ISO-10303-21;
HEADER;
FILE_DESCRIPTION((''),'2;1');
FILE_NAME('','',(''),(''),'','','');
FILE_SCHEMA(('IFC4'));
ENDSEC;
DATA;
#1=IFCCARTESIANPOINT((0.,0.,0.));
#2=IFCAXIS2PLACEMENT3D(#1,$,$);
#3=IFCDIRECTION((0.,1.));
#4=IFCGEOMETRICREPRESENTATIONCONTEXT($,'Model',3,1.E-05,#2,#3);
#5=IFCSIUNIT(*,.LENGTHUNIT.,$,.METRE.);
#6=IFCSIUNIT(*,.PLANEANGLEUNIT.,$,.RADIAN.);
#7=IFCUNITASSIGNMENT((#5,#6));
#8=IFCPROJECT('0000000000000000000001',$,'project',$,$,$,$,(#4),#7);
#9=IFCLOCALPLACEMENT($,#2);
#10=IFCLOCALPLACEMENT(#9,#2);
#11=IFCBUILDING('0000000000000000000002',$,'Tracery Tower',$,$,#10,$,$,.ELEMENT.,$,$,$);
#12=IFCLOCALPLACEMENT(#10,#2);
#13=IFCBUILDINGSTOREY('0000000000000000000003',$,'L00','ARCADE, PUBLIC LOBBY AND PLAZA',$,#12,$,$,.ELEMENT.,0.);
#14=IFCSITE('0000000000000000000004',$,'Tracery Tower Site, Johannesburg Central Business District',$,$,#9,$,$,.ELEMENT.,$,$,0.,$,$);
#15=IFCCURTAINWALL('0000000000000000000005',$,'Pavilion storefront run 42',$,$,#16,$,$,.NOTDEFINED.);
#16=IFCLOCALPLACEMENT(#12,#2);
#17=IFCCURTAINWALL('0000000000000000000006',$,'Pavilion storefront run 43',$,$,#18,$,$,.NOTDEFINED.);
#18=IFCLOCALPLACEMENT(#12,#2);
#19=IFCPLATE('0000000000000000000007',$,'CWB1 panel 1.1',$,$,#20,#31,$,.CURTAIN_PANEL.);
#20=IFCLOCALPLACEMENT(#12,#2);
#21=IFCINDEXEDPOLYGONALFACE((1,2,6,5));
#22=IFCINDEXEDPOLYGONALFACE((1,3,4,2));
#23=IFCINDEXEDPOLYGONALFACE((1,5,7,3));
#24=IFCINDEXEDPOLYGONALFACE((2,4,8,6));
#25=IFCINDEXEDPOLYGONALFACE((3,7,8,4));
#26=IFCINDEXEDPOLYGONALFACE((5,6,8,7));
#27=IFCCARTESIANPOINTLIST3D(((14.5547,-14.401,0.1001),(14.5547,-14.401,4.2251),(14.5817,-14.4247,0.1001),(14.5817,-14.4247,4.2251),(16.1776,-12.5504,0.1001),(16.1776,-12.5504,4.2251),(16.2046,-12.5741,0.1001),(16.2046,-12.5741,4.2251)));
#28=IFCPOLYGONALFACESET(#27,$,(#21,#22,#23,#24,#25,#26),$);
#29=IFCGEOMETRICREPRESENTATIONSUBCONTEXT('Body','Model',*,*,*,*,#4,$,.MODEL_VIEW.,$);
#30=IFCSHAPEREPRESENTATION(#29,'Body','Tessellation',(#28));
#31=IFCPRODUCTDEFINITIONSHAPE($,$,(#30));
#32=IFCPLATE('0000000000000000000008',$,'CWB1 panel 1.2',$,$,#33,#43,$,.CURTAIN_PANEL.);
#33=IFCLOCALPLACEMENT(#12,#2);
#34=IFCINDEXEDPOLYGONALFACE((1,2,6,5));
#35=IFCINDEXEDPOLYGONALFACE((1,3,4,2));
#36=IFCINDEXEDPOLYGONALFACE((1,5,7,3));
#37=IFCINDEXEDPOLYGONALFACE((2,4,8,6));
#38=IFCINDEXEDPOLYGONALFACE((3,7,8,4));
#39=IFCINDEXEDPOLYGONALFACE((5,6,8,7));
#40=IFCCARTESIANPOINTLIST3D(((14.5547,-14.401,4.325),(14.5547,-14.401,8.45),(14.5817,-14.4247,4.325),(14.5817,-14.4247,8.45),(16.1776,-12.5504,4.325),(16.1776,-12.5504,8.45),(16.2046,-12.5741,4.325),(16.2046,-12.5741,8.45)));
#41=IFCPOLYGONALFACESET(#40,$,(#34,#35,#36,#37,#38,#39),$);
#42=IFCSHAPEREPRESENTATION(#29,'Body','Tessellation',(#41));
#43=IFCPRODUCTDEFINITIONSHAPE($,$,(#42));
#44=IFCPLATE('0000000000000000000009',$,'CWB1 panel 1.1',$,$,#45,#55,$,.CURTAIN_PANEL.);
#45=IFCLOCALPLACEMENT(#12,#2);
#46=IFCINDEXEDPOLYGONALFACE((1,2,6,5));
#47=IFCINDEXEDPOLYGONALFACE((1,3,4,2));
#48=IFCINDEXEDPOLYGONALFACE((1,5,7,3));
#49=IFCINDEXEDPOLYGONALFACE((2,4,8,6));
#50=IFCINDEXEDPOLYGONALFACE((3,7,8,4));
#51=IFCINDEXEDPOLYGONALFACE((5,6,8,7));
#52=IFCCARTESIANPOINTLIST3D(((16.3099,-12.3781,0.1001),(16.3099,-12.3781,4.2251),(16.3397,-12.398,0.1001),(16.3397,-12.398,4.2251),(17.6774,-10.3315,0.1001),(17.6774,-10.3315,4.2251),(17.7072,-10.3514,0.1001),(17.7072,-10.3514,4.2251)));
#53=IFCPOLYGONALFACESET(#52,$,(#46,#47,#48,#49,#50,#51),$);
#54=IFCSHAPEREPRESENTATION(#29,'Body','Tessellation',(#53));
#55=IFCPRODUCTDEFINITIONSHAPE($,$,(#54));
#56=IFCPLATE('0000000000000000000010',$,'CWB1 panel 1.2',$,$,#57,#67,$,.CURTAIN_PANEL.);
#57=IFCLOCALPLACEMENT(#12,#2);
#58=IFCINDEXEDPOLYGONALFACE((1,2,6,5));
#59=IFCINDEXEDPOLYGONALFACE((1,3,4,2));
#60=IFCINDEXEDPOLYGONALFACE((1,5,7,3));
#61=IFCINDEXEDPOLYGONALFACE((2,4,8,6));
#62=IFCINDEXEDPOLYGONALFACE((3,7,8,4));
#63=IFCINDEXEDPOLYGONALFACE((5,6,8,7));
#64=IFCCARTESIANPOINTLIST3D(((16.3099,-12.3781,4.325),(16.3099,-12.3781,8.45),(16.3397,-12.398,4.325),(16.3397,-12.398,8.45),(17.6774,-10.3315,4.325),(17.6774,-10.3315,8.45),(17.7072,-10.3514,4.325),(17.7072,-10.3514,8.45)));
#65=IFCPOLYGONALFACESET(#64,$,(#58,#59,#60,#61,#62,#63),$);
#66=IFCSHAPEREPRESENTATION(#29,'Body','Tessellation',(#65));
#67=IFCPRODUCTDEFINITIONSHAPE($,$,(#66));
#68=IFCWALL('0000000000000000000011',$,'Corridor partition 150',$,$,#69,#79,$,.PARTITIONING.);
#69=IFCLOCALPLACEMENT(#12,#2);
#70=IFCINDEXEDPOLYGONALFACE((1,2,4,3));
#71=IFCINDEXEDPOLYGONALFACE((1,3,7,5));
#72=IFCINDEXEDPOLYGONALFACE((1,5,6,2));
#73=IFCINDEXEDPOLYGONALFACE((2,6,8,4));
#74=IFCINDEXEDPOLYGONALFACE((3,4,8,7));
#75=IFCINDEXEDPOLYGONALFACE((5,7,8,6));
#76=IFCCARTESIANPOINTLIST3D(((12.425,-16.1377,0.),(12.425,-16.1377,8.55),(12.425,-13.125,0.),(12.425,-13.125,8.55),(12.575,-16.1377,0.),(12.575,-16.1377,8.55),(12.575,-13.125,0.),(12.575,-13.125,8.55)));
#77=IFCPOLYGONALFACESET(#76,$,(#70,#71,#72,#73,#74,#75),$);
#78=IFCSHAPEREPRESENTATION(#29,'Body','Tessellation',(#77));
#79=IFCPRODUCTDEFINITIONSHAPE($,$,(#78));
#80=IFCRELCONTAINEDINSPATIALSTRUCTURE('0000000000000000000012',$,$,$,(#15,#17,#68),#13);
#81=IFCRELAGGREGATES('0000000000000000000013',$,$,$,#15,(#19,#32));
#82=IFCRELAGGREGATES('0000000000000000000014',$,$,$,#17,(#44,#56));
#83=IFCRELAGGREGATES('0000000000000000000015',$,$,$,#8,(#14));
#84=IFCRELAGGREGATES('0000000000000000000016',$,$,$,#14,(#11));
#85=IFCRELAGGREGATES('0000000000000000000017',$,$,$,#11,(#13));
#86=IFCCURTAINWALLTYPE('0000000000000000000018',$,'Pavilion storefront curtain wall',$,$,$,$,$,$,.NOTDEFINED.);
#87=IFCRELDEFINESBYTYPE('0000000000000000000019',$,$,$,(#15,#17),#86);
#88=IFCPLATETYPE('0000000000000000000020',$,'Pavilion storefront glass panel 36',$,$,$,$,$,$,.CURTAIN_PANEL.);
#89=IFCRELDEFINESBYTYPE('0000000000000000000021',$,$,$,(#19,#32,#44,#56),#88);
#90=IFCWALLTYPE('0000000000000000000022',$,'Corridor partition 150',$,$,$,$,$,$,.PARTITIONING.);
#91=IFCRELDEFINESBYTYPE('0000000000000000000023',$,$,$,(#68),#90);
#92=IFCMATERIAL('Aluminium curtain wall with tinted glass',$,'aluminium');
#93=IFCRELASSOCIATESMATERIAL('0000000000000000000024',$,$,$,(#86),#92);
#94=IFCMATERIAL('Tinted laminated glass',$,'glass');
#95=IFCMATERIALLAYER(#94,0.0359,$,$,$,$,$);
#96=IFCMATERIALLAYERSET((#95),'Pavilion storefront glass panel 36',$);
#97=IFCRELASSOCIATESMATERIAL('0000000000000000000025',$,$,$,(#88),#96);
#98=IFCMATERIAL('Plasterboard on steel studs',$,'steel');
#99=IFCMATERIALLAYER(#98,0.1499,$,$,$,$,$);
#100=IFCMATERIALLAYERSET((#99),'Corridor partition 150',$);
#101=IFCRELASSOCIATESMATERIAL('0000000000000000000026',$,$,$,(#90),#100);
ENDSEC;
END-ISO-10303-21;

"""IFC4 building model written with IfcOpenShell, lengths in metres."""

from ifc_helpers import new_model, si_unit, direction, frame, frame_2d, origin, origin_2d, place, context, subcontext, project, spatial, rectangle, extrude, material, layer, layer_set, type_object, element, aggregate, save


model = new_model("IFC4")

# Units and contexts
model_context = context("Model", 3, precision=1e-05, world=origin(), true_north=direction((0.0, 1.0)))
body_context = subcontext(model_context, "Body", "Model", "MODEL_VIEW")
ifc_project = project(units=[si_unit("LENGTHUNIT", "METRE"), si_unit("PLANEANGLEUNIT", "RADIAN")], contexts=[model_context])

# Site, building, storey
site_placement = place(None, origin())
site = spatial("IfcSite", under=ifc_project, at=site_placement, Name="Tracery Tower Site, Johannesburg Central Business District", CompositionType="ELEMENT", RefElevation=0.0)
building_placement = place(site_placement, origin())
building = spatial("IfcBuilding", under=site, at=building_placement, Name="Tracery Tower", CompositionType="ELEMENT")
storey_placement = place(building_placement, origin())
storey = spatial("IfcBuildingStorey", under=building, at=storey_placement, Name="L00", Description="ARCADE, PUBLIC LOBBY AND PLAZA", CompositionType="ELEMENT", Elevation=0.0)

# Shared definitions
ifc_material_1 = material(Name="Aluminium curtain wall with tinted glass", Category="aluminium")
curtain_wall_type = type_object("IfcCurtainWallType", Name="Pavilion storefront curtain wall", PredefinedType="NOTDEFINED", material=ifc_material_1)

# Curtain wall
curtain_wall_1_placement = place(storey_placement, origin())
curtain_wall_1 = element("IfcCurtainWall", 1, at=curtain_wall_1_placement, inside=storey, type_object=curtain_wall_type, Name="Pavilion storefront run 42", PredefinedType="NOTDEFINED")

# Curtain wall
curtain_wall_2_placement = place(storey_placement, origin())
curtain_wall_2 = element("IfcCurtainWall", 2, at=curtain_wall_2_placement, inside=storey, type_object=curtain_wall_type, Name="Pavilion storefront run 43", PredefinedType="NOTDEFINED")

# Plates
ifc_material_2 = material(Name="Tinted laminated glass", Category="glass")
ifc_layer_1 = layer(ifc_material_2, 0.0359)
ifc_layer_set_1 = layer_set([ifc_layer_1], Name="Pavilion storefront glass panel 36")
plate_type = type_object("IfcPlateType", Name="Pavilion storefront glass panel 36", PredefinedType="CURTAIN_PANEL", material=ifc_layer_set_1)
plate_1_placement = place(storey_placement, frame((15.3796, -13.4875, 0.1001), z_axis=(0.0, 0.0, 1.0), x_axis=(0.659351, 0.751836, 0.0)))
plate_1 = element("IfcPlate", 3, at=plate_1_placement, type_object=plate_type, Name="CWB1 panel 1.1", PredefinedType="CURTAIN_PANEL", context=body_context, shape_type="SweptSolid", body=[
    extrude(rectangle(XDim=2.4614, YDim=0.0359, at=origin_2d()), origin(), (0.0, 0.0, 1.0), 4.125),
])
plate_2_placement = place(storey_placement, frame((15.3796, -13.4875, 4.325), z_axis=(0.0, 0.0, 1.0), x_axis=(0.659351, 0.751836, 0.0)))
plate_2 = element("IfcPlate", 4, at=plate_2_placement, type_object=plate_type, Name="CWB1 panel 1.2", PredefinedType="CURTAIN_PANEL", context=body_context, shape_type="SweptSolid", body=[
    extrude(rectangle(XDim=2.4614, YDim=0.0359, at=origin_2d()), origin(), (0.0, 0.0, 1.0), 4.125),
])
aggregate(curtain_wall_1, [plate_1, plate_2])
plate_3_placement = place(storey_placement, frame((17.0085, -11.3647, 0.1001), z_axis=(0.0, 0.0, 1.0), x_axis=(0.55556, 0.831476, 0.0)))
plate_3 = element("IfcPlate", 5, at=plate_3_placement, type_object=plate_type, Name="CWB1 panel 1.1", PredefinedType="CURTAIN_PANEL", context=body_context, shape_type="SweptSolid", body=[
    extrude(rectangle(XDim=2.4614, YDim=0.0359, at=origin_2d()), origin(), (0.0, 0.0, 1.0), 4.125),
])
plate_4_placement = place(storey_placement, frame((17.0085, -11.3647, 4.325), z_axis=(0.0, 0.0, 1.0), x_axis=(0.55556, 0.831476, 0.0)))
plate_4 = element("IfcPlate", 6, at=plate_4_placement, type_object=plate_type, Name="CWB1 panel 1.2", PredefinedType="CURTAIN_PANEL", context=body_context, shape_type="SweptSolid", body=[
    extrude(rectangle(XDim=2.4614, YDim=0.0359, at=origin_2d()), origin(), (0.0, 0.0, 1.0), 4.125),
])
aggregate(curtain_wall_2, [plate_3, plate_4])

# Wall
ifc_material_3 = material(Name="Plasterboard on steel studs", Category="steel")
ifc_layer_2 = layer(ifc_material_3, 0.1499)
ifc_layer_set_2 = layer_set([ifc_layer_2], Name="Corridor partition 150")
wall_type = type_object("IfcWallType", Name="Corridor partition 150", PredefinedType="PARTITIONING", material=ifc_layer_set_2)
wall_placement = place(storey_placement, frame((12.5, -13.125, 0.0), z_axis=(0.0, 0.0, 1.0), x_axis=(0.0, -1.0, 0.0)))
element("IfcWall", 7, at=wall_placement, inside=storey, type_object=wall_type, Name="Corridor partition 150", PredefinedType="PARTITIONING", context=body_context, shape_type="SweptSolid", body=[
    extrude(rectangle(XDim=3.0127, YDim=0.1499, at=frame_2d((1.5063, 0.0))), origin(), (0.0, 0.0, 1.0), 8.55),
])

save(model, "model.ifc")
